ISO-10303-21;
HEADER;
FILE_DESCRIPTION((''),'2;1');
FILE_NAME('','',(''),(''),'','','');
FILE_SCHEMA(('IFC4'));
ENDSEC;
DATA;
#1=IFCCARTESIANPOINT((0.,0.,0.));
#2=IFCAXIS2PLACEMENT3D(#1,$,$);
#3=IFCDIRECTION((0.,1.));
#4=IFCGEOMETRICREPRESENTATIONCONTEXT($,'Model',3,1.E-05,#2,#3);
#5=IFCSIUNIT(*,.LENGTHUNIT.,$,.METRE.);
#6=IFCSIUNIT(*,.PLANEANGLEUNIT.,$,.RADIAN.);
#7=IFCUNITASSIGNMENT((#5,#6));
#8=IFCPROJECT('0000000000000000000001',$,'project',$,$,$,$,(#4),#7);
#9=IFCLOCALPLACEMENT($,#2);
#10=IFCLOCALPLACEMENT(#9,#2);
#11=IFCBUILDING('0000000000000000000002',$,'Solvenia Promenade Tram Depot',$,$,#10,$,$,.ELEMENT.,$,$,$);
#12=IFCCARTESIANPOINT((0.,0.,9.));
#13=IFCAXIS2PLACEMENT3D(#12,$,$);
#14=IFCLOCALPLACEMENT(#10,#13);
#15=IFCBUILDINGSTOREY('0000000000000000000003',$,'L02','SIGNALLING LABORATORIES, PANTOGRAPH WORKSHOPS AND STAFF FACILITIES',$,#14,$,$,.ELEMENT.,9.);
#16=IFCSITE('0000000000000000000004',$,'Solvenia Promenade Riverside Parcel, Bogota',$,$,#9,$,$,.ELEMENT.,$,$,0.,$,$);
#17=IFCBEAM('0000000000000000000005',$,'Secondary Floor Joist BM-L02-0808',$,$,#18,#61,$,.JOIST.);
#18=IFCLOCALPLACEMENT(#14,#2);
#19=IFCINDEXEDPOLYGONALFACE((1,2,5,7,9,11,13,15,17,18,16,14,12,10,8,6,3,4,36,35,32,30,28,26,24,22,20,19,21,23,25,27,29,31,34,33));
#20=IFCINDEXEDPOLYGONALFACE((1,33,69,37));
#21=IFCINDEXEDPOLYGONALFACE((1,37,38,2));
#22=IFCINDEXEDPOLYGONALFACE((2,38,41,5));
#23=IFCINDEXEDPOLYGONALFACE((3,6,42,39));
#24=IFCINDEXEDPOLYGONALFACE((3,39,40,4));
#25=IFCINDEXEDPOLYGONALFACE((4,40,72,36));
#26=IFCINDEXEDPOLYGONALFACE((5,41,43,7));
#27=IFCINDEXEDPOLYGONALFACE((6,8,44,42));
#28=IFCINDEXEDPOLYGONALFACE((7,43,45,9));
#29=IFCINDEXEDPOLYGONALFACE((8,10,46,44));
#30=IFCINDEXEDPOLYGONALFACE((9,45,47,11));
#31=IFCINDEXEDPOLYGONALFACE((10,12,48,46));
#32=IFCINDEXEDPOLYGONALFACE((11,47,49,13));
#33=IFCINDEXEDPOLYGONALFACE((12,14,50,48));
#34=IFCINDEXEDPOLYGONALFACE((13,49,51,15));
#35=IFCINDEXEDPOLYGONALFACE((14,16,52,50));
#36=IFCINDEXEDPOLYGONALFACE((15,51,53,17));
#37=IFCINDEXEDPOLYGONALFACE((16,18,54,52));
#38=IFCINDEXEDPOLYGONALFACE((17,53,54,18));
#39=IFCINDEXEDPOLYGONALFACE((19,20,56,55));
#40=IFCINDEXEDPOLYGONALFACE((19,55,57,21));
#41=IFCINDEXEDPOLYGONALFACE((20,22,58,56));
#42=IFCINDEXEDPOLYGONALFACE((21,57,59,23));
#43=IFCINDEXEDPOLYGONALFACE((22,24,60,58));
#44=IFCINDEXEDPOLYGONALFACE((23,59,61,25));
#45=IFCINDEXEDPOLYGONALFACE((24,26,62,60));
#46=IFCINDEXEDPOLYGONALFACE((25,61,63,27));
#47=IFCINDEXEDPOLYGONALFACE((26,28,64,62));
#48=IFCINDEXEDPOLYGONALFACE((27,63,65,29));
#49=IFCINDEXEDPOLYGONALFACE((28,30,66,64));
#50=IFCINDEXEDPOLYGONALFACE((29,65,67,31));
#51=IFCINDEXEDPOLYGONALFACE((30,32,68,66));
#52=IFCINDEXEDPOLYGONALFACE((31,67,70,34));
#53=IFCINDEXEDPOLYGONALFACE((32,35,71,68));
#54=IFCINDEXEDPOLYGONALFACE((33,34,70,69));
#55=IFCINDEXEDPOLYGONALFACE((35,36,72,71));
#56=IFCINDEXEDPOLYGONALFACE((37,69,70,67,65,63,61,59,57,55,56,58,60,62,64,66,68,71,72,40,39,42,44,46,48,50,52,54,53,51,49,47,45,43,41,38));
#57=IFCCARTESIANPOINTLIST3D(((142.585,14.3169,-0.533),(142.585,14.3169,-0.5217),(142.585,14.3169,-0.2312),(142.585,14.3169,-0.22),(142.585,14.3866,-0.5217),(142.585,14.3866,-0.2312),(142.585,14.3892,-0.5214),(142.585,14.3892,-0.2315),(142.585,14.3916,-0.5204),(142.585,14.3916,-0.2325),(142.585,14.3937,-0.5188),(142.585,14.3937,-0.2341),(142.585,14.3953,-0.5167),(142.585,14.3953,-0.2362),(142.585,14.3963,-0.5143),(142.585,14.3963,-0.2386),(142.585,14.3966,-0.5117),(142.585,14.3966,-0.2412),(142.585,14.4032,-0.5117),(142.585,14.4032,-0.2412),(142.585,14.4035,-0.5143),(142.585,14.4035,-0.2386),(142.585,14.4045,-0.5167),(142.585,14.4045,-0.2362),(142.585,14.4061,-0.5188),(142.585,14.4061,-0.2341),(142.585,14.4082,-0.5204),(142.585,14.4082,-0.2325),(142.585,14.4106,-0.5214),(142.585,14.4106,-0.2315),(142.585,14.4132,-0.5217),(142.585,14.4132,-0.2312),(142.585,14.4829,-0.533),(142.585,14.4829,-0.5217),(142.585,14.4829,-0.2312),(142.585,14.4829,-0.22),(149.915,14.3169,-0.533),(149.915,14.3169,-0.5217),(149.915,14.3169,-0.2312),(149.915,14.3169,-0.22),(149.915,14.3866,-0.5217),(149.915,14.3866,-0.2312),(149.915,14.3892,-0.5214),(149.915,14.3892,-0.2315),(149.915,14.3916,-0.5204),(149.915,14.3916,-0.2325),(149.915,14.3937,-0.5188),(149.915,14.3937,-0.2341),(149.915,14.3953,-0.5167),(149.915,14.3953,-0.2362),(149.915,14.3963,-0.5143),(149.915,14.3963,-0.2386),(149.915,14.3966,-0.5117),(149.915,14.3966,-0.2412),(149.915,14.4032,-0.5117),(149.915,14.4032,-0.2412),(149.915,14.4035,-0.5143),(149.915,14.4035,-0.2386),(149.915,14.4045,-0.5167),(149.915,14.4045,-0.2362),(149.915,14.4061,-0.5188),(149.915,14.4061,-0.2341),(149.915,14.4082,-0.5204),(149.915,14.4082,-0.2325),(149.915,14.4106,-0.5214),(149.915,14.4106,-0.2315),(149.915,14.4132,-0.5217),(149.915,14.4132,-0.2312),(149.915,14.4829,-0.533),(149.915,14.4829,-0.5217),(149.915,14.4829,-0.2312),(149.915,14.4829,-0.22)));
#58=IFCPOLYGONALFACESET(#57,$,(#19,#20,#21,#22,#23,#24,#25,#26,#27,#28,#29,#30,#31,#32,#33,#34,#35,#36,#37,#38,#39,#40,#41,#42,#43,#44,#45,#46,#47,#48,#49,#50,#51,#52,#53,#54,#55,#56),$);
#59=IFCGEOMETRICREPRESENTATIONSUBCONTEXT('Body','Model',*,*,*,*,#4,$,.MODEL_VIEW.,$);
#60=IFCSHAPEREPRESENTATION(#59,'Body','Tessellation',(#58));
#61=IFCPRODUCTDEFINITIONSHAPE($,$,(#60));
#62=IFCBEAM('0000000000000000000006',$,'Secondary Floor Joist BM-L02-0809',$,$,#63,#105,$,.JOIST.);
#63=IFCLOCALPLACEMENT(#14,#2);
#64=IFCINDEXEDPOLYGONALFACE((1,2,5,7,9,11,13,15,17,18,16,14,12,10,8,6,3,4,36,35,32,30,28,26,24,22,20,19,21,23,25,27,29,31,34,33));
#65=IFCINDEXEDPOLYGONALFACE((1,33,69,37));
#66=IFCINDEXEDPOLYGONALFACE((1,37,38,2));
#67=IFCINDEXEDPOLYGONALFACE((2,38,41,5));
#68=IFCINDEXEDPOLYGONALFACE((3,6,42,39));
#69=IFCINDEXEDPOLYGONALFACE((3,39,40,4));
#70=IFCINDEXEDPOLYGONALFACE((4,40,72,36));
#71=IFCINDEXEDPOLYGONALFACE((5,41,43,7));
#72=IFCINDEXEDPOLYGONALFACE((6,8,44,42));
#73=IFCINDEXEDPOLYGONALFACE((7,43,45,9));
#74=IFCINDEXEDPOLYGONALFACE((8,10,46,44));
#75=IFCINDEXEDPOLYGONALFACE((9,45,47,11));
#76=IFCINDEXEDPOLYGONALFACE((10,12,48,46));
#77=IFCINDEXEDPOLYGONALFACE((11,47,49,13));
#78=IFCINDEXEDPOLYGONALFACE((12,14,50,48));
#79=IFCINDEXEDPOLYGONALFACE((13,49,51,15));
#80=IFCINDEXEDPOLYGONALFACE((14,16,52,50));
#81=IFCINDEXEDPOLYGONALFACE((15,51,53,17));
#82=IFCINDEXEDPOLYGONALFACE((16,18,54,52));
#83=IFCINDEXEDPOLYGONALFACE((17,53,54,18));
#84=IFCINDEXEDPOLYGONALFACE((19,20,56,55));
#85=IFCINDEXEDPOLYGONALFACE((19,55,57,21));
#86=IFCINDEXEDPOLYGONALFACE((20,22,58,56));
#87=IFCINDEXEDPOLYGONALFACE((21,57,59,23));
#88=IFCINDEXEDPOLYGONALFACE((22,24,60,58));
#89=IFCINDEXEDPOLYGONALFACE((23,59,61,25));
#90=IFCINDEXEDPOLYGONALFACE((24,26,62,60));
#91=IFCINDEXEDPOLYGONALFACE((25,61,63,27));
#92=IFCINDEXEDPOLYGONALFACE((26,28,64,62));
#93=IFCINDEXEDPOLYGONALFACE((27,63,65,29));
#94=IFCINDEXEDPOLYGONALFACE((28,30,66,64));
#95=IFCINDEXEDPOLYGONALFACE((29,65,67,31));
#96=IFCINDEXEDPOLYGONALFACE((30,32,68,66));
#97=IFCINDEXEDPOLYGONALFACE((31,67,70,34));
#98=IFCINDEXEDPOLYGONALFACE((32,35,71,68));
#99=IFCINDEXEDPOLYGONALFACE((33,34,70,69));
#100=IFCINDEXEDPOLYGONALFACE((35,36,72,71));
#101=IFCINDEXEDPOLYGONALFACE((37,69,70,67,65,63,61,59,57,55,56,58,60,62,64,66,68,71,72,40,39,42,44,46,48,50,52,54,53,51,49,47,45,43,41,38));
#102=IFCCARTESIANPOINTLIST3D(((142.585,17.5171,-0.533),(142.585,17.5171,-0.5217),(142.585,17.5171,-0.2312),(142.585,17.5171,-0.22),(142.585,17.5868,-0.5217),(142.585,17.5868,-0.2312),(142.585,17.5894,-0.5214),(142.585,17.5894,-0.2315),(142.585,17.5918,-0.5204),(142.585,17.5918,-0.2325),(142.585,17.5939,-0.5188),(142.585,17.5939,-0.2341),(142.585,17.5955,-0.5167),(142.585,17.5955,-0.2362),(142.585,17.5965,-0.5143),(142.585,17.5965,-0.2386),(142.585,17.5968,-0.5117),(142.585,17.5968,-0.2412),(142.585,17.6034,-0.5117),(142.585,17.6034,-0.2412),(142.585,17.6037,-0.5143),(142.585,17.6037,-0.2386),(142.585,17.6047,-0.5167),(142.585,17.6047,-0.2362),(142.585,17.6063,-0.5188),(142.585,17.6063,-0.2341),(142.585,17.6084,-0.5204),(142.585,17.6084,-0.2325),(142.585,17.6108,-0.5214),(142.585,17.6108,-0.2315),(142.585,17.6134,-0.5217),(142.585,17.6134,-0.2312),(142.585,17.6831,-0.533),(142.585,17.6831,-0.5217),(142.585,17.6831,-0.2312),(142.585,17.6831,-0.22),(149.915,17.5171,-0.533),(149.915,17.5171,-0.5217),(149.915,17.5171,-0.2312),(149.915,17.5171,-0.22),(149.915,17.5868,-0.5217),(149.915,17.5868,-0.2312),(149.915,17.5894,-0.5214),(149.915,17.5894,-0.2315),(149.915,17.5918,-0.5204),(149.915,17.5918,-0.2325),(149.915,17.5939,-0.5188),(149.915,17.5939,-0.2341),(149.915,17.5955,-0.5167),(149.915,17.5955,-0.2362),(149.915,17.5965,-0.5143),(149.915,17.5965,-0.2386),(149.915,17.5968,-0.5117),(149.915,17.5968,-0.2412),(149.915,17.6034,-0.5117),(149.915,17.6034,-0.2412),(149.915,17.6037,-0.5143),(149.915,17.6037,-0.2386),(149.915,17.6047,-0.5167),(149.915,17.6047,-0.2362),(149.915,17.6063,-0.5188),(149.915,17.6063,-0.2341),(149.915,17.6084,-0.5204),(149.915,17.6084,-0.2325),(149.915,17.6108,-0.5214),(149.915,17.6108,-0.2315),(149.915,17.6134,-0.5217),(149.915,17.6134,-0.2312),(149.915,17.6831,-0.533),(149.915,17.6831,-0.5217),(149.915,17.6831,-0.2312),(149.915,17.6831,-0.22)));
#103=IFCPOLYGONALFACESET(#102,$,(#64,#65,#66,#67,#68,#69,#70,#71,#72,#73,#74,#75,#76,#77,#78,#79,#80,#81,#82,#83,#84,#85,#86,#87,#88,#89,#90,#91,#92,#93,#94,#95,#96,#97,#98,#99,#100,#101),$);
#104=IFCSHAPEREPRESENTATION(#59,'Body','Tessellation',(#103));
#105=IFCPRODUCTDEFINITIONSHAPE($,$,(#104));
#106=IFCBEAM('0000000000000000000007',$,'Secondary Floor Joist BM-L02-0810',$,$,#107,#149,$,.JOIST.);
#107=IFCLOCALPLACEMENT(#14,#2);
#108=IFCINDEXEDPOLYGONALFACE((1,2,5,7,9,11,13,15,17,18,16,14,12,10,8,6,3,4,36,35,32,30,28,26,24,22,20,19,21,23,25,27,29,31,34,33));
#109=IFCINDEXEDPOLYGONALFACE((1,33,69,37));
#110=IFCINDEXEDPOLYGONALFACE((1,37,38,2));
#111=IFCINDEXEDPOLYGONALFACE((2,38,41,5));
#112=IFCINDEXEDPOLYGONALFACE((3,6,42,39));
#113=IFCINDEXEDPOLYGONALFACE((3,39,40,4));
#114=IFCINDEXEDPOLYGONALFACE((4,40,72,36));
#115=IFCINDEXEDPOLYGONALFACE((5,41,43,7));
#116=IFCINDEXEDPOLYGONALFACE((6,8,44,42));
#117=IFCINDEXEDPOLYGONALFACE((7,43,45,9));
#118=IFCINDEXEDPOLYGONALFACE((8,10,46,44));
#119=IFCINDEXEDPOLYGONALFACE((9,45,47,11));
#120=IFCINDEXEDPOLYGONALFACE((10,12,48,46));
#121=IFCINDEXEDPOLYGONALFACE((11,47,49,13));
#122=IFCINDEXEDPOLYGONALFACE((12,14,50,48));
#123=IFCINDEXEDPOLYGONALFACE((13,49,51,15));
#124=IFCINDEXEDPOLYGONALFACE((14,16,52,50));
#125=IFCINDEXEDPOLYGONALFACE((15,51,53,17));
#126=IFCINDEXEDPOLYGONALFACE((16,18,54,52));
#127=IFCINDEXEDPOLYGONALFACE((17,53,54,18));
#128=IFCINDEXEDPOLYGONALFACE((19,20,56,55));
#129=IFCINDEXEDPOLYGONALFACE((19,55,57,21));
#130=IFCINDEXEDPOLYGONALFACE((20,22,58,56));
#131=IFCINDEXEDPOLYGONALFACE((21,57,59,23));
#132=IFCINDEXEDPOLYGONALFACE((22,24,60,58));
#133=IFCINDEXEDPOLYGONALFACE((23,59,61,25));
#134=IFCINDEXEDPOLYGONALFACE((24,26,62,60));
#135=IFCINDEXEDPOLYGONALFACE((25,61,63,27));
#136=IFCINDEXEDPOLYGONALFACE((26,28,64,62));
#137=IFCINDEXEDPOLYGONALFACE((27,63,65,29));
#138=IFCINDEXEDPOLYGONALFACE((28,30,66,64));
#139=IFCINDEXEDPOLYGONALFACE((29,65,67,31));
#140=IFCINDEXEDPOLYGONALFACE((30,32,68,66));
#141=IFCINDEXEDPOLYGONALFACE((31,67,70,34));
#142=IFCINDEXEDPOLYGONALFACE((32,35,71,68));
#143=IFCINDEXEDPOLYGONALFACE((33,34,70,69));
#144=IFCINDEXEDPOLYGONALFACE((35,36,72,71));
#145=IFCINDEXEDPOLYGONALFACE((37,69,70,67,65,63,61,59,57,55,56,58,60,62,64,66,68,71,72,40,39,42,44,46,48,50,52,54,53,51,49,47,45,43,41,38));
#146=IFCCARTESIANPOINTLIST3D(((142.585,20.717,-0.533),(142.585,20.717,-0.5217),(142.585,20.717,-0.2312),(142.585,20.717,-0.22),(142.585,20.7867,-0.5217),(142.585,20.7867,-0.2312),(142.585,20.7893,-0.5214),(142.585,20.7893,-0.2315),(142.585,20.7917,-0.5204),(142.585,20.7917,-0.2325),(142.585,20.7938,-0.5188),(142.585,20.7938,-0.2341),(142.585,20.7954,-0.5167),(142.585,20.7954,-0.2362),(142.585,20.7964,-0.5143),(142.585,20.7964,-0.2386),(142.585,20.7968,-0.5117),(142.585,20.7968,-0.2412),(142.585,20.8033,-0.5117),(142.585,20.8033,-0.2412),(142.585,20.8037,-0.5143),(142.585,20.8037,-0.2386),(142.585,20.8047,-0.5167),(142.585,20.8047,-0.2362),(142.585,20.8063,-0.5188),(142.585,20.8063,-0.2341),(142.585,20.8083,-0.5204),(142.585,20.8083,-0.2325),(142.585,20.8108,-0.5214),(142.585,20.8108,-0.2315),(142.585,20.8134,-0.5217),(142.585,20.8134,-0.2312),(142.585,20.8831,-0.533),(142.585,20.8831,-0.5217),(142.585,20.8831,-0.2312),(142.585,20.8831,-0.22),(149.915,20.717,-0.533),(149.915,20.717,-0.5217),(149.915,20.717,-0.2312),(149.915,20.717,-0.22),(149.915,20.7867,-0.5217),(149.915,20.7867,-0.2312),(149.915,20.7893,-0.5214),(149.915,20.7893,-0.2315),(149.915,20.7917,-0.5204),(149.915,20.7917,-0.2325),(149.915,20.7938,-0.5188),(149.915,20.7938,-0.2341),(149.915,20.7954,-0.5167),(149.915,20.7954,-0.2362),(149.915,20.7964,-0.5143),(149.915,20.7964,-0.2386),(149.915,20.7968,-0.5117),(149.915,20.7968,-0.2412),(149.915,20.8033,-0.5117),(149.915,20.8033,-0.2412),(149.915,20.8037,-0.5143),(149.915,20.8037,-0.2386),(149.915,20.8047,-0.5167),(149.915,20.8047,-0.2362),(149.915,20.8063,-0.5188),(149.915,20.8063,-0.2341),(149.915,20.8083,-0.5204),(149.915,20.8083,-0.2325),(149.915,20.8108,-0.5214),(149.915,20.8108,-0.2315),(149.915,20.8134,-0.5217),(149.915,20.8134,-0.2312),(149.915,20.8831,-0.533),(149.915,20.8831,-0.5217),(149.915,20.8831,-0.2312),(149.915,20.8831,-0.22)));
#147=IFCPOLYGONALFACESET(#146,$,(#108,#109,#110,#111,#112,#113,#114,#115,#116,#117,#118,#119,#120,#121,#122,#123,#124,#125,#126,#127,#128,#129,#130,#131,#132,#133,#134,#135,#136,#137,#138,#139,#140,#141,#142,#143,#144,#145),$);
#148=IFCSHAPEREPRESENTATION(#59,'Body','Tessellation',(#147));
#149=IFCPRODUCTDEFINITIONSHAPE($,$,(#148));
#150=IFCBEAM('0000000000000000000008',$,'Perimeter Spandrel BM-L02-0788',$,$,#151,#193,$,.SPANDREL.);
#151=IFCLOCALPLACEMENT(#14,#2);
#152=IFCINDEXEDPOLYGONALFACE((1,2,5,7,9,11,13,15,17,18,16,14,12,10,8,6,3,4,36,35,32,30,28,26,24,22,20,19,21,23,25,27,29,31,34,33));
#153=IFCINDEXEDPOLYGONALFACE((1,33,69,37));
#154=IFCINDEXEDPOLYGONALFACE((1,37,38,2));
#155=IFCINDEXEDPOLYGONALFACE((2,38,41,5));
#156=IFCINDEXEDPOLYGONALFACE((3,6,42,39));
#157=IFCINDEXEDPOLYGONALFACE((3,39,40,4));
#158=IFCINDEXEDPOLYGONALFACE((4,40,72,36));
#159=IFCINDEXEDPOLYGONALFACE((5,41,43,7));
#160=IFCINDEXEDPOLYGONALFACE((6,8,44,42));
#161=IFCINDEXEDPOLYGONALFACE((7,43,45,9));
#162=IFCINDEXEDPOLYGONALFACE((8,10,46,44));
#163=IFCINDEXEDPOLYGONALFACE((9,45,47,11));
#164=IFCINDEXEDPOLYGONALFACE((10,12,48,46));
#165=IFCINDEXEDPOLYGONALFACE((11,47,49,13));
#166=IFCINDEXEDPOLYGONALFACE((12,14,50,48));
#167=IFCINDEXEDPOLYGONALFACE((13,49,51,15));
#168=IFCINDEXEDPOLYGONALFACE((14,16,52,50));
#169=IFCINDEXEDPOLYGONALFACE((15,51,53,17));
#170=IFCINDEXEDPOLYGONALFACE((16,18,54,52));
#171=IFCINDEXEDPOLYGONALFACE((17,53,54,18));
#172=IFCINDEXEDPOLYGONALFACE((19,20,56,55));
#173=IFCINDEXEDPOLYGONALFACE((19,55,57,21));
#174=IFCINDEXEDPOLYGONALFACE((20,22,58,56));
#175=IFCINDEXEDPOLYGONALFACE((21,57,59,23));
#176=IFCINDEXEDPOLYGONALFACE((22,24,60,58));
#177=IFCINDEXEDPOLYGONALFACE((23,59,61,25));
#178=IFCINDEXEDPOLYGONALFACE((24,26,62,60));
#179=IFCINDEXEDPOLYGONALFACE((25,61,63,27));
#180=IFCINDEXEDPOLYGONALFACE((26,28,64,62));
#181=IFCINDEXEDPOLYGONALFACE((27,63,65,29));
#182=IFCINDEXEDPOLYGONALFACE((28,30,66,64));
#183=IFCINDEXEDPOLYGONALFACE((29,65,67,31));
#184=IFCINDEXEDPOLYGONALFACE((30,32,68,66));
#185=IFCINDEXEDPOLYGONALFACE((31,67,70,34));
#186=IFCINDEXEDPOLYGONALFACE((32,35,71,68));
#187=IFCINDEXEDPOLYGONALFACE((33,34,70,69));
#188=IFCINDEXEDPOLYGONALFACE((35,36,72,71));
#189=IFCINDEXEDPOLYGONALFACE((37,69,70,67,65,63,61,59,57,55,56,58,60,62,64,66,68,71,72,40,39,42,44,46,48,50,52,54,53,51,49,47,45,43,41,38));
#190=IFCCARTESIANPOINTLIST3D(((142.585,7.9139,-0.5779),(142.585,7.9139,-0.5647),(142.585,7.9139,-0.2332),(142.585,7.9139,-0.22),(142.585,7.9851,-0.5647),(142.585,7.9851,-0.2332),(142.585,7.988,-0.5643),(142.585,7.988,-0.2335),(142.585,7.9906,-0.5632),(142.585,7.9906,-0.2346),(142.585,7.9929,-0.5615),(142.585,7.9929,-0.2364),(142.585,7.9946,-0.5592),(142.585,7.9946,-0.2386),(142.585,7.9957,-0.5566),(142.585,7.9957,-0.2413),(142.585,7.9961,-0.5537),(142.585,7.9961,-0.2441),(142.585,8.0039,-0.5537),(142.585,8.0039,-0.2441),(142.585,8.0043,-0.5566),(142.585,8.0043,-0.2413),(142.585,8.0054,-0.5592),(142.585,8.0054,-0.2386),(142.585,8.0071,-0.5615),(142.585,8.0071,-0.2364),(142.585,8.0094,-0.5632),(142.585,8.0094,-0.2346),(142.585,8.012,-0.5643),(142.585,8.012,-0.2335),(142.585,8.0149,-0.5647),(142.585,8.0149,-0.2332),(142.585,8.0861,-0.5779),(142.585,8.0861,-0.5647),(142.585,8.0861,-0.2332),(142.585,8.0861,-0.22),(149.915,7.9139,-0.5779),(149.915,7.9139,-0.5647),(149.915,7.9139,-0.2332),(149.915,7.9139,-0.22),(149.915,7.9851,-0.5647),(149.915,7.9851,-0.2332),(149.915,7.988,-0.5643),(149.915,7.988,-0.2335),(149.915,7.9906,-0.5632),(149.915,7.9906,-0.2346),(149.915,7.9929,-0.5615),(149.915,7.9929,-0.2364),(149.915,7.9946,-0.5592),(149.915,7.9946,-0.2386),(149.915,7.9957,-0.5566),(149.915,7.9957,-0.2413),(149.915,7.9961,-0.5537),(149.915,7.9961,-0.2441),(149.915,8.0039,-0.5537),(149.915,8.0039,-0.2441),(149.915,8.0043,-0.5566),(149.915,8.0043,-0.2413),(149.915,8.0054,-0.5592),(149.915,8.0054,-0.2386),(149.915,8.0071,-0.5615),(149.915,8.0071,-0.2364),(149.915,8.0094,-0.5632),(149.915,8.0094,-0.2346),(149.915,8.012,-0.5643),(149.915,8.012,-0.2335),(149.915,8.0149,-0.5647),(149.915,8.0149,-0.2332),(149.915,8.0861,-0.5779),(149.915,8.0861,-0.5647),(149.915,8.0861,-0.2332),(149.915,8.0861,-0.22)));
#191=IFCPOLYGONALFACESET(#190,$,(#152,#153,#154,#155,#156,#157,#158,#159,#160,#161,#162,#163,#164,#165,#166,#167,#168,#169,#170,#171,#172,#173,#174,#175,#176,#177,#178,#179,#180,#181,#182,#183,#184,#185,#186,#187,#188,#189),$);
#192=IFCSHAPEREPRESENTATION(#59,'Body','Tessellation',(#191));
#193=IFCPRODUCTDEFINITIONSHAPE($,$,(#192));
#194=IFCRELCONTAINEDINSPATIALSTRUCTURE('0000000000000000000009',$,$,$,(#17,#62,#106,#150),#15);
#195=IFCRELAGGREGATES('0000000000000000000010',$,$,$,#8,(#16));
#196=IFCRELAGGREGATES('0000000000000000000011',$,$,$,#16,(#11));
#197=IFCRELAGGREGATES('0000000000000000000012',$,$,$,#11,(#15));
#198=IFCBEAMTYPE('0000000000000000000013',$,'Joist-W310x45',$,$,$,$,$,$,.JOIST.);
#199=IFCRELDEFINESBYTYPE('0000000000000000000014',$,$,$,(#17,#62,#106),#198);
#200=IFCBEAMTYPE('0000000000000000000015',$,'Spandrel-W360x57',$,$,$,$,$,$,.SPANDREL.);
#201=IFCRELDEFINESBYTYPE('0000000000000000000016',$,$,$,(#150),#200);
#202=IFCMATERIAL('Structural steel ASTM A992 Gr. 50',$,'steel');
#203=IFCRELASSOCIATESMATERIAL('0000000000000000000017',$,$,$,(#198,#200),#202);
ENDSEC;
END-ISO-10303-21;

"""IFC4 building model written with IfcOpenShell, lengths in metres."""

from ifc_helpers import new_model, si_unit, direction, frame, origin, origin_2d, place, context, subcontext, project, spatial, i_section, extrude, material, material_profile, profile_set, type_object, element, save


model = new_model("IFC4")

# Units and contexts
model_context = context("Model", 3, precision=1e-05, world=origin(), true_north=direction((0.0, 1.0)))
body_context = subcontext(model_context, "Body", "Model", "MODEL_VIEW")
ifc_project = project(units=[si_unit("LENGTHUNIT", "METRE"), si_unit("PLANEANGLEUNIT", "RADIAN")], contexts=[model_context])

# Site, building, storey
site_placement = place(None, origin())
site = spatial("IfcSite", under=ifc_project, at=site_placement, Name="Solvenia Promenade Riverside Parcel, Bogota", CompositionType="ELEMENT", RefElevation=0.0)
building_placement = place(site_placement, origin())
building = spatial("IfcBuilding", under=site, at=building_placement, Name="Solvenia Promenade Tram Depot", CompositionType="ELEMENT")
storey_placement = place(building_placement, frame((0.0, 0.0, 9.0)))
storey = spatial("IfcBuildingStorey", under=building, at=storey_placement, Name="L02", Description="SIGNALLING LABORATORIES, PANTOGRAPH WORKSHOPS AND STAFF FACILITIES", CompositionType="ELEMENT", Elevation=9.0)

# Beams
ifc_material_1 = material(Name="Structural steel ASTM A992 Gr. 50", Category="steel")
ifc_material_profile_1 = material_profile(ifc_material_1, i_section(OverallWidth=0.166, OverallDepth=0.313, WebThickness=0.0066, FlangeThickness=0.0112, FilletRadius=0.01, at=origin_2d()), Name="W310x45", Category="steel")
ifc_profile_set_1 = profile_set([ifc_material_profile_1], Name="Structural steel ASTM A992 Gr. 50")
beam_type_1 = type_object("IfcBeamType", Name="Joist-W310x45", PredefinedType="JOIST", material=ifc_profile_set_1)
for number, where, z_axis, x_axis, name in (
    (1, (142.585, 14.3999, -0.3765), (1.0, 0.0, 0.0), (0.0, 1.0, 0.0), "Secondary Floor Joist BM-L02-0808"),
    (2, (142.585, 17.6001, -0.3765), (1.0, 0.0, 0.0), (0.0, 1.0, 0.0), "Secondary Floor Joist BM-L02-0809"),
    (3, (142.585, 20.8, -0.3765), (1.0, 0.0, 0.0), (0.0, 1.0, 0.0), "Secondary Floor Joist BM-L02-0810"),
):
    element("IfcBeam", number, at=place(storey_placement, frame(where, z_axis=z_axis, x_axis=x_axis)), inside=storey, type_object=beam_type_1, Name=name, PredefinedType="JOIST", context=body_context, shape_type="SweptSolid", body=[
        extrude(i_section(OverallWidth=0.166, OverallDepth=0.313, WebThickness=0.0066, FlangeThickness=0.0112, FilletRadius=0.01, at=origin_2d()), origin(), (0.0, 0.0, 1.0), 7.3301),
    ])
ifc_material_profile_2 = material_profile(ifc_material_1, i_section(OverallWidth=0.1721, OverallDepth=0.3579, WebThickness=0.0078, FlangeThickness=0.0132, FilletRadius=0.011, at=origin_2d()), Name="W360x57", Category="steel")
ifc_profile_set_2 = profile_set([ifc_material_profile_2], Name="Structural steel ASTM A992 Gr. 50")
beam_type_2 = type_object("IfcBeamType", Name="Spandrel-W360x57", PredefinedType="SPANDREL", material=ifc_profile_set_2)
beam_1_placement = place(storey_placement, frame((142.585, 8.0, -0.3989), z_axis=(1.0, 0.0, 0.0), x_axis=(0.0, 1.0, 0.0)))
element("IfcBeam", 4, at=beam_1_placement, inside=storey, type_object=beam_type_2, Name="Perimeter Spandrel BM-L02-0788", PredefinedType="SPANDREL", context=body_context, shape_type="SweptSolid", body=[
    extrude(i_section(OverallWidth=0.1721, OverallDepth=0.3579, WebThickness=0.0078, FlangeThickness=0.0132, FilletRadius=0.011, at=origin_2d()), origin(), (0.0, 0.0, 1.0), 7.3301),
])

save(model, "model.ifc")
